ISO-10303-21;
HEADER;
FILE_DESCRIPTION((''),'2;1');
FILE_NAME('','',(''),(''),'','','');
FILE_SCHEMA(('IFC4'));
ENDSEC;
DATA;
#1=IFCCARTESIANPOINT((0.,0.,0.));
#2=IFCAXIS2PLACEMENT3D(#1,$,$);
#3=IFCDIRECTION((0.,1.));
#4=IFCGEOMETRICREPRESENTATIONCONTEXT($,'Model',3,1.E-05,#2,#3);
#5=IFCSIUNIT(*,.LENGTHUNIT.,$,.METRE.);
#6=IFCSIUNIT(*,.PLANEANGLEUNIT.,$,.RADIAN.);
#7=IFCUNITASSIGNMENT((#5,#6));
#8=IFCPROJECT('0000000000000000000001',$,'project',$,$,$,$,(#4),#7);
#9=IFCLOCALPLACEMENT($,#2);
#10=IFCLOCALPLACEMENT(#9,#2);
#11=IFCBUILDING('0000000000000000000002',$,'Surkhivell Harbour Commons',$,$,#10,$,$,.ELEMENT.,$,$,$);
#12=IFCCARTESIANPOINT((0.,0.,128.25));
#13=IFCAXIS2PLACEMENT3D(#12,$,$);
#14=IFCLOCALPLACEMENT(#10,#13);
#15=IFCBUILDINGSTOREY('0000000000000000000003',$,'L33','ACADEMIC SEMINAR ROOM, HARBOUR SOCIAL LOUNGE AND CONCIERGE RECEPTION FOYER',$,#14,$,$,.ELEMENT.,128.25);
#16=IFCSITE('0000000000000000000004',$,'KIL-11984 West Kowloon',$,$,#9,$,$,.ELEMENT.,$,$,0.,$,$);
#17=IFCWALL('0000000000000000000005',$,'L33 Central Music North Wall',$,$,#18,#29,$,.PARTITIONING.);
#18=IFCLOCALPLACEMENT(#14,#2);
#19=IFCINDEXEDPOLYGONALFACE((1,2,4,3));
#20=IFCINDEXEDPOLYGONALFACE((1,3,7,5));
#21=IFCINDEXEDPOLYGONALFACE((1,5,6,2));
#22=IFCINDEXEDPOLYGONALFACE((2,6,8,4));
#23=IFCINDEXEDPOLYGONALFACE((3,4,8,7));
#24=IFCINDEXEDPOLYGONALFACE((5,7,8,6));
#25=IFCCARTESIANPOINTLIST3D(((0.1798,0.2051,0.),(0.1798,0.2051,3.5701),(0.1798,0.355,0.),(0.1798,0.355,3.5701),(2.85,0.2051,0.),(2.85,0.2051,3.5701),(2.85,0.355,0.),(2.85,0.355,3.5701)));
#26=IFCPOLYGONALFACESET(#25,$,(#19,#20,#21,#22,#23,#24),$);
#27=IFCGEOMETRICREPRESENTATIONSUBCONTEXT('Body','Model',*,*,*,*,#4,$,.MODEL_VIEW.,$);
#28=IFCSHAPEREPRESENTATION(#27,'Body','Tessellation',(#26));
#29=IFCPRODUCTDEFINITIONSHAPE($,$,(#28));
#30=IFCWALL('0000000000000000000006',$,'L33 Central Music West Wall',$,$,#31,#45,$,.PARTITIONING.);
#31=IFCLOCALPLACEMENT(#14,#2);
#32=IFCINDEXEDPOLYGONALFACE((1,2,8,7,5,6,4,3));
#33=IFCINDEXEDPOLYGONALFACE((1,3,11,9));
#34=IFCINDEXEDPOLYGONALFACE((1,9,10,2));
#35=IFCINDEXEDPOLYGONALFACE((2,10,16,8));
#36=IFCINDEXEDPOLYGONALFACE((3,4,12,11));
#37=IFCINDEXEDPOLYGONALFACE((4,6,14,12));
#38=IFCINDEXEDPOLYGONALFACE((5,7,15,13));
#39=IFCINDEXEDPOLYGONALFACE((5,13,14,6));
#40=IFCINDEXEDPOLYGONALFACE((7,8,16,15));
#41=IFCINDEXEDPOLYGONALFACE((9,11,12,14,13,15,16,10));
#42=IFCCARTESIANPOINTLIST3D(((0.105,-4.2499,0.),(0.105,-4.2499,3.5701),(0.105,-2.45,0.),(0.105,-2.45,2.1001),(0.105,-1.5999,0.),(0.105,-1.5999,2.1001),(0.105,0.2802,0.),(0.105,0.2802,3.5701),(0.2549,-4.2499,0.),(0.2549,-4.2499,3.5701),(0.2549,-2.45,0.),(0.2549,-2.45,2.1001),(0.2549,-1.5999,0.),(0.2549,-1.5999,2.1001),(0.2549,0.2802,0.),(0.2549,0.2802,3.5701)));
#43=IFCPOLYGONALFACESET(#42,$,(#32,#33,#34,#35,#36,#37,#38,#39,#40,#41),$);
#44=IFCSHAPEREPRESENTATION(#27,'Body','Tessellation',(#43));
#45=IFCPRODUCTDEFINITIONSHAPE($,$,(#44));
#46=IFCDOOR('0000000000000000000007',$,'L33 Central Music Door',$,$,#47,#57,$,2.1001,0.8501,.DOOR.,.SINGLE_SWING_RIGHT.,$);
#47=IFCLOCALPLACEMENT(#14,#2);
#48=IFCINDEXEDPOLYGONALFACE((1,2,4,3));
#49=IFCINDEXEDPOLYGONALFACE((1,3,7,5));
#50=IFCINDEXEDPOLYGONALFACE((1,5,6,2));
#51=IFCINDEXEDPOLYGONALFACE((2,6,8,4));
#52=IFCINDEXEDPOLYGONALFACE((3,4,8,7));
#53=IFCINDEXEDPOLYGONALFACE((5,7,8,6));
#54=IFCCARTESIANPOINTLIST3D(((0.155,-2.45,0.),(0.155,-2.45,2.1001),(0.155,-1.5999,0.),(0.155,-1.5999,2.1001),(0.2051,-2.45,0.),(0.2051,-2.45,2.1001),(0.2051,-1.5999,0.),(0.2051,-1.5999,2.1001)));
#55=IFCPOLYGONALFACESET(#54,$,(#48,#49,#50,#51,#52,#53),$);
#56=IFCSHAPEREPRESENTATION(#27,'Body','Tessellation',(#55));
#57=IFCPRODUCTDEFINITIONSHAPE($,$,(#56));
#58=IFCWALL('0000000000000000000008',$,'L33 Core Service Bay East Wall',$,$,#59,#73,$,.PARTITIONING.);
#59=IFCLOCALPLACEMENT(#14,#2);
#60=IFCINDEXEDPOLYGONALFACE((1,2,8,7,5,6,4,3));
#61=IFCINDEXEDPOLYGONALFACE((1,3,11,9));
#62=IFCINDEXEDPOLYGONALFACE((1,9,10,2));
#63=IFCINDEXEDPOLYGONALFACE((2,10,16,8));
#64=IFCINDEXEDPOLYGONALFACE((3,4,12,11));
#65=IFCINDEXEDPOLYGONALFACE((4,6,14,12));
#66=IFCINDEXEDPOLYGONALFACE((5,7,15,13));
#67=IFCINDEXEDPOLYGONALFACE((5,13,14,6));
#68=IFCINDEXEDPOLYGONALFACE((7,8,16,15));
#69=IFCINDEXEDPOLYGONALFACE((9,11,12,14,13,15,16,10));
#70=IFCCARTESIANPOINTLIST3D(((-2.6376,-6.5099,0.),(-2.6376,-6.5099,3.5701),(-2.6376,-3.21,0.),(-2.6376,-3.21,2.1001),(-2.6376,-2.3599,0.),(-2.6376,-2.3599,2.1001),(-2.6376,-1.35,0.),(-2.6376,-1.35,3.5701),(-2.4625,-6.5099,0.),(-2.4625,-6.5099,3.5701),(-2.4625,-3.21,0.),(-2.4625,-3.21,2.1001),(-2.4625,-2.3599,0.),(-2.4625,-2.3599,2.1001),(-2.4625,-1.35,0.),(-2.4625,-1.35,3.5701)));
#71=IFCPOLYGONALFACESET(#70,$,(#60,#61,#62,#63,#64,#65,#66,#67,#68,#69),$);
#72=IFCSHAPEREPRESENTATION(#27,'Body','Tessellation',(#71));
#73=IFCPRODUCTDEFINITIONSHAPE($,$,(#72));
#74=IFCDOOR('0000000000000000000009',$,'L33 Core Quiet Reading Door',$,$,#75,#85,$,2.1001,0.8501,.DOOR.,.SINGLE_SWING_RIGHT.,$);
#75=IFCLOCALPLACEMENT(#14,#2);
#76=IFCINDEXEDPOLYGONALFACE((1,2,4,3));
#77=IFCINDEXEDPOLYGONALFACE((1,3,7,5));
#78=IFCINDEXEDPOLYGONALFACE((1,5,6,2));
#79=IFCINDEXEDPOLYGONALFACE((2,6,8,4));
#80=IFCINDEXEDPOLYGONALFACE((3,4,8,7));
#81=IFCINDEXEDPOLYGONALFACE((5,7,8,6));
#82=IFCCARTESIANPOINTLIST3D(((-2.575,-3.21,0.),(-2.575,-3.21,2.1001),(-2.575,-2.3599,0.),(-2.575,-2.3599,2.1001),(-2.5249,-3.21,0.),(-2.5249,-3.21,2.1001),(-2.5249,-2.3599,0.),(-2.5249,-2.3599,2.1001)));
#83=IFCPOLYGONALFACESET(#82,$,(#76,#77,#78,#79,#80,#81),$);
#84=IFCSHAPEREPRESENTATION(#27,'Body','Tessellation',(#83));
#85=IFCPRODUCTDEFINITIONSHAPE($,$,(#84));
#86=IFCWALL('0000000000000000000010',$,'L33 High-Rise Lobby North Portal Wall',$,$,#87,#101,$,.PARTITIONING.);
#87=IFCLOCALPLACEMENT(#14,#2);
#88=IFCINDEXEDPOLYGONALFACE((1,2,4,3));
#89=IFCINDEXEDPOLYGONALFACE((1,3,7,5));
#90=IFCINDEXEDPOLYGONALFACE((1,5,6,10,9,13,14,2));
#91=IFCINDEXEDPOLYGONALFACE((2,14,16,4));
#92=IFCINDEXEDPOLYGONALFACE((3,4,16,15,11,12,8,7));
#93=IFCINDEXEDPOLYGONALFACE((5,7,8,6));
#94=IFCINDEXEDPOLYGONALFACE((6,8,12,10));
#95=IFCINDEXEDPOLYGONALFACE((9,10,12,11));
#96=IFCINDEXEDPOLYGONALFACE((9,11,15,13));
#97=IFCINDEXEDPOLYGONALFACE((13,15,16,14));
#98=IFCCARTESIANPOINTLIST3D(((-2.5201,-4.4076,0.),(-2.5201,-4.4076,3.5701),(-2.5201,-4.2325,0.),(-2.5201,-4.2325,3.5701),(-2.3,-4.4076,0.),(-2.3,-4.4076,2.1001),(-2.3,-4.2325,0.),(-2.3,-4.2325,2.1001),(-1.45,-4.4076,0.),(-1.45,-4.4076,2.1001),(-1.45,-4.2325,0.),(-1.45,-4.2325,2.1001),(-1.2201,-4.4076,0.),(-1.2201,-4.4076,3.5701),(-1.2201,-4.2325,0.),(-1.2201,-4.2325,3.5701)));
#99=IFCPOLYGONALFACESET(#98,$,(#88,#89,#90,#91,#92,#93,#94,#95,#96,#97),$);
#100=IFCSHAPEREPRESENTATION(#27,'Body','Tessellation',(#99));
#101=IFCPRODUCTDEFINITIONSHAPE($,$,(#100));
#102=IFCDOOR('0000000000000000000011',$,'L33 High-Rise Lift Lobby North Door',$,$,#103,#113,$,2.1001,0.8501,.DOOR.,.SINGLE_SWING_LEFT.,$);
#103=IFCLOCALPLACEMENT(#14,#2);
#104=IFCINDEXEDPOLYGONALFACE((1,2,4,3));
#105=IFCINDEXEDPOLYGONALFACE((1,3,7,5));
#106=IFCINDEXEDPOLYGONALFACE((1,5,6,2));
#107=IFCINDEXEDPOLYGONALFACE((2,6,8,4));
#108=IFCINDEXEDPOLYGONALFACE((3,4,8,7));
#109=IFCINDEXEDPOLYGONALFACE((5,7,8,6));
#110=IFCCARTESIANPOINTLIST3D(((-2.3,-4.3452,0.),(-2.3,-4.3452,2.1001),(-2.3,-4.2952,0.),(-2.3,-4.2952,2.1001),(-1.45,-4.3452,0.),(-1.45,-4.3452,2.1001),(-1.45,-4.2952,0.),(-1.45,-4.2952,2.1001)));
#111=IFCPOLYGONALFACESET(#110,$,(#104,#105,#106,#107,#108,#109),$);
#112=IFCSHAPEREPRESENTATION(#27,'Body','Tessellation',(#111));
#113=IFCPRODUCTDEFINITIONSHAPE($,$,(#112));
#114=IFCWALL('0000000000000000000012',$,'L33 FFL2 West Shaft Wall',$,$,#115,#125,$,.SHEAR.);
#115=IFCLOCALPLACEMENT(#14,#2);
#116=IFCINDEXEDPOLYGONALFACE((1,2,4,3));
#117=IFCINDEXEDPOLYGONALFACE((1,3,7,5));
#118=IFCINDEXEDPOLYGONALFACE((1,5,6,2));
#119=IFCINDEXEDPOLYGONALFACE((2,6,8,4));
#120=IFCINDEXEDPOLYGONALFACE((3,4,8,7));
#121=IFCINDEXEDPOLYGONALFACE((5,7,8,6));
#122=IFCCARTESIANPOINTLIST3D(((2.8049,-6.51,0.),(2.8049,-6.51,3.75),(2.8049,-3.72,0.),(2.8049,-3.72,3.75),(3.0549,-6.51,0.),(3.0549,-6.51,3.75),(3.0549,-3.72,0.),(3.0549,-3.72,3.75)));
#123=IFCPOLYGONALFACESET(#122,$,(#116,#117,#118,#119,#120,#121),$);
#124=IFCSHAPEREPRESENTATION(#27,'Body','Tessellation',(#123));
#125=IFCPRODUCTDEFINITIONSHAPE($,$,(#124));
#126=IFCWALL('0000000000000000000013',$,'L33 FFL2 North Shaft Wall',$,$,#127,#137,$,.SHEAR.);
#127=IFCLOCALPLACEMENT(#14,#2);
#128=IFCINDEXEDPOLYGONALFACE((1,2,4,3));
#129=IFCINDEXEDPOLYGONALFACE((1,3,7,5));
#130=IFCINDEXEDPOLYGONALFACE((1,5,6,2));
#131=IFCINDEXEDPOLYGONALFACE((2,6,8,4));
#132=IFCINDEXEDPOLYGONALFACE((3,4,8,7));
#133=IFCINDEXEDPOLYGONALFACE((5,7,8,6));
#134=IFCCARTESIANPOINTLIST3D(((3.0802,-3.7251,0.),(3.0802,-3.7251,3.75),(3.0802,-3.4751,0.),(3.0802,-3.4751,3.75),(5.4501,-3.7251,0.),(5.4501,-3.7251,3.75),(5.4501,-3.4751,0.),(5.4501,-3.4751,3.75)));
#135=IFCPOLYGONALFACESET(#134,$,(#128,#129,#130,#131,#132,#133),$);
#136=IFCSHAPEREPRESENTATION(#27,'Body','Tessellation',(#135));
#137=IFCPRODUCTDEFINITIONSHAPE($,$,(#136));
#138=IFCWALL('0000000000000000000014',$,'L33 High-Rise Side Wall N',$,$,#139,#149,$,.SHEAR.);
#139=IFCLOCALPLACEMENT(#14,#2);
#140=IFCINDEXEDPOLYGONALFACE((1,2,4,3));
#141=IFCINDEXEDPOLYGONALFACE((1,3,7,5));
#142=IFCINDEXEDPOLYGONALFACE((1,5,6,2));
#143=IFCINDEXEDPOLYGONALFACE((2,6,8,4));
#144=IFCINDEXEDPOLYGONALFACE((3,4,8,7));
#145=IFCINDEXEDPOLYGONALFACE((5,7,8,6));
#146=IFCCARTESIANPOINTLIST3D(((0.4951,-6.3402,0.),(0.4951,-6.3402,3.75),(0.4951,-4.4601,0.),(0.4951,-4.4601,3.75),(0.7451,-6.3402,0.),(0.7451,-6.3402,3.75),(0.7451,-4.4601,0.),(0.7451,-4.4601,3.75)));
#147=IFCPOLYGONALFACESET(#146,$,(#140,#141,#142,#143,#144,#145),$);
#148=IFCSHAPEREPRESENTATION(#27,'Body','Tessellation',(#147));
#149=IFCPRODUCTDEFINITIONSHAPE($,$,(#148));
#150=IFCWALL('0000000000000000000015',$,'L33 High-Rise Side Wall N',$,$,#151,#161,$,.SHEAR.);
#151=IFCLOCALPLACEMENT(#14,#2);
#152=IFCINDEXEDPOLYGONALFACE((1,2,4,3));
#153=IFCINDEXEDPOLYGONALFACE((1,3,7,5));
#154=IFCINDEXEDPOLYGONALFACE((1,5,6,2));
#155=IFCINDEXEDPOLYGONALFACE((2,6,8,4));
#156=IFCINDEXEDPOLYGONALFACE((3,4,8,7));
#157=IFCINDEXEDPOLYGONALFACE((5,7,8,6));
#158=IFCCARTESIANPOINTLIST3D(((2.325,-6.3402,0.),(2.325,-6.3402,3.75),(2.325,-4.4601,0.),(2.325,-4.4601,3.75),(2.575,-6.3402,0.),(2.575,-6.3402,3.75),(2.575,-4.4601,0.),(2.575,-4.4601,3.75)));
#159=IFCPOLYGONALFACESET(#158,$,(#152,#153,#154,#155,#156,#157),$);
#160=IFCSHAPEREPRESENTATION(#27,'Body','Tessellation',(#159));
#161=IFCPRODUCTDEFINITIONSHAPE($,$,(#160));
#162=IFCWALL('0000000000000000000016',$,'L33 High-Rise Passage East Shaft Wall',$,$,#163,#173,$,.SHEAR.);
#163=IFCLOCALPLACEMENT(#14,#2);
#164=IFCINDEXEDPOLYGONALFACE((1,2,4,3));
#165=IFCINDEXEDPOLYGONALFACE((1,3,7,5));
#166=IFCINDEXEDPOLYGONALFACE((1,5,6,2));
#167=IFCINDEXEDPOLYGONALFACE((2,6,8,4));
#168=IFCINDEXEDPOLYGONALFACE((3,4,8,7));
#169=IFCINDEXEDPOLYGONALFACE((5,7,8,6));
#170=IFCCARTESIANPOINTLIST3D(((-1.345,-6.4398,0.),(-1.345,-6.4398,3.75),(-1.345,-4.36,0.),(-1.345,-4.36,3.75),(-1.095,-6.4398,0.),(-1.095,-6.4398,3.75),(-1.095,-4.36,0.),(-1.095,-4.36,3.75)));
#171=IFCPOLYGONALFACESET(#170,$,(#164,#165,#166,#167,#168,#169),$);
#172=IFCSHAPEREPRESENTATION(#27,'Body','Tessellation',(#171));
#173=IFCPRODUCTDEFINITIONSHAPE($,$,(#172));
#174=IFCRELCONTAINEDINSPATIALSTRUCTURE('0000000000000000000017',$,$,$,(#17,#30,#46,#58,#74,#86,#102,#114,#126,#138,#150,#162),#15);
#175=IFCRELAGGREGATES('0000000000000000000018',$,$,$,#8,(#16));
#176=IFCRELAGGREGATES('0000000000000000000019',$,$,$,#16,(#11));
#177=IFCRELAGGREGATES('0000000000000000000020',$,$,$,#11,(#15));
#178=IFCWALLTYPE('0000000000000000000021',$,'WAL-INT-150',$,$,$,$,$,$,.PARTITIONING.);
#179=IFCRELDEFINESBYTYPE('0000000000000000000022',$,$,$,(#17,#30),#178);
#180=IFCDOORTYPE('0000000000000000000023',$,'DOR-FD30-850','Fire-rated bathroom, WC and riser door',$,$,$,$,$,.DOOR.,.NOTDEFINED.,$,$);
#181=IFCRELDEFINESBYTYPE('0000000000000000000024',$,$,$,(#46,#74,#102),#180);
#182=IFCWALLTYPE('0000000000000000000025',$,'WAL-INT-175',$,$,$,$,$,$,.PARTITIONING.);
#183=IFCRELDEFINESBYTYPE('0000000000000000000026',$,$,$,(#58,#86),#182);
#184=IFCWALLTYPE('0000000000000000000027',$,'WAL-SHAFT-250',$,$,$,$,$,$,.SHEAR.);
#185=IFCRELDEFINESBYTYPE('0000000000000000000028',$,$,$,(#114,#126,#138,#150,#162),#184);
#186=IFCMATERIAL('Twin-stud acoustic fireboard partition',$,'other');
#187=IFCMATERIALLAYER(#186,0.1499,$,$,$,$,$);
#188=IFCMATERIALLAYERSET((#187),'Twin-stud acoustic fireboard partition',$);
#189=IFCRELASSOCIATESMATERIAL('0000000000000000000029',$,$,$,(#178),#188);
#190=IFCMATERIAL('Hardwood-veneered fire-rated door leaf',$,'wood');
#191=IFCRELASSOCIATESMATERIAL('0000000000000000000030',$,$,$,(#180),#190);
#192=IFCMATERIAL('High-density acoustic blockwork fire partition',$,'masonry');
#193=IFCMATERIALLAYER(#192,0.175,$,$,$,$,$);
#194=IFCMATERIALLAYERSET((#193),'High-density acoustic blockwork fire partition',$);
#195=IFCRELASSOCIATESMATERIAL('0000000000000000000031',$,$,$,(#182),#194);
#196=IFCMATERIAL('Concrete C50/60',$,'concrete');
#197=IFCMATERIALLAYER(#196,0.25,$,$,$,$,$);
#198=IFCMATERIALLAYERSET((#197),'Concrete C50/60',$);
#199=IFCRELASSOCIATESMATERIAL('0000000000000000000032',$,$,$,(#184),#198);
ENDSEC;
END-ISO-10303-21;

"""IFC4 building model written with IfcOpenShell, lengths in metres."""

from ifc_helpers import new_model, si_unit, direction, frame, frame_2d, origin, place, context, subcontext, project, spatial, rectangle, extrude, material, layer, layer_set, type_object, element, fill, save


model = new_model("IFC4")

# Units and contexts
model_context = context("Model", 3, precision=1e-05, world=origin(), true_north=direction((0.0, 1.0)))
body_context = subcontext(model_context, "Body", "Model", "MODEL_VIEW")
ifc_project = project(units=[si_unit("LENGTHUNIT", "METRE"), si_unit("PLANEANGLEUNIT", "RADIAN")], contexts=[model_context])

# Site, building, storey
site_placement = place(None, origin())
site = spatial("IfcSite", under=ifc_project, at=site_placement, Name="KIL-11984 West Kowloon", CompositionType="ELEMENT", RefElevation=0.0)
building_placement = place(site_placement, origin())
building = spatial("IfcBuilding", under=site, at=building_placement, Name="Surkhivell Harbour Commons", CompositionType="ELEMENT")
storey_placement = place(building_placement, frame((0.0, 0.0, 128.25)))
storey = spatial("IfcBuildingStorey", under=building, at=storey_placement, Name="L33", Description="ACADEMIC SEMINAR ROOM, HARBOUR SOCIAL LOUNGE AND CONCIERGE RECEPTION FOYER", CompositionType="ELEMENT", Elevation=128.25)

# Wall
ifc_material_1 = material(Name="Twin-stud acoustic fireboard partition", Category="other")
ifc_layer_1 = layer(ifc_material_1, 0.1499)
ifc_layer_set_1 = layer_set([ifc_layer_1], Name="Twin-stud acoustic fireboard partition")
wall_type_1 = type_object("IfcWallType", Name="WAL-INT-150", PredefinedType="PARTITIONING", material=ifc_layer_set_1)
wall_1_placement = place(storey_placement, frame((0.1799, 0.28, 0.0), z_axis=(0.0, 0.0, 1.0), x_axis=(1.0, 0.0, 0.0)))
element("IfcWall", 1, at=wall_1_placement, inside=storey, type_object=wall_type_1, Name="L33 Central Music North Wall", PredefinedType="PARTITIONING", context=body_context, shape_type="SweptSolid", body=[
    extrude(rectangle(XDim=2.6702, YDim=0.1499, at=frame_2d((1.335, 0.0))), origin(), (0.0, 0.0, 1.0), 3.5701),
])

# Walls, openings, doors
wall_2_placement = place(storey_placement, frame((0.1799, -4.25, 0.0), z_axis=(0.0, 0.0, 1.0), x_axis=(0.0, 1.0, 0.0)))
wall_2 = element("IfcWall", 2, at=wall_2_placement, inside=storey, type_object=wall_type_1, Name="L33 Central Music West Wall", PredefinedType="PARTITIONING", context=body_context, shape_type="SweptSolid", body=[
    extrude(rectangle(XDim=4.53, YDim=0.1499, at=frame_2d((2.2651, 0.0))), origin(), (0.0, 0.0, 1.0), 3.5701),
])
opening_1_placement = place(wall_2_placement, frame((1.8, 0.0, 0.0)))
opening_1 = element("IfcOpeningElement", 3, at=opening_1_placement, cuts=wall_2, PredefinedType="OPENING", context=body_context, shape_type="SweptSolid", body=[
    extrude(rectangle(XDim=0.8501, YDim=2.1001, at=frame_2d((0.425, 1.05))), frame((0.0, 0.085, 0.0), z_axis=(0.0, -1.0, 0.0), x_axis=(1.0, 0.0, 0.0)), (0.0, 0.0, 1.0), 0.1699),
])
ifc_material_2 = material(Name="Hardwood-veneered fire-rated door leaf", Category="wood")
door_type_1 = type_object("IfcDoorType", Name="DOR-FD30-850", Description="Fire-rated bathroom, WC and riser door", OperationType="NOTDEFINED", PredefinedType="DOOR", material=ifc_material_2)
door_1_placement = place(opening_1_placement, origin())
door_1 = element("IfcDoor", 4, at=door_1_placement, inside=storey, type_object=door_type_1, Name="L33 Central Music Door", OperationType="SINGLE_SWING_RIGHT", OverallHeight=2.1001, OverallWidth=0.8501, PredefinedType="DOOR", context=body_context, shape_type="SweptSolid", body=[
    extrude(rectangle(XDim=0.8501, YDim=2.1001, at=frame_2d((0.425, 1.05))), frame((0.0, 0.0249, 0.0), z_axis=(0.0, -1.0, 0.0), x_axis=(1.0, 0.0, 0.0)), (0.0, 0.0, 1.0), 0.05),
])
fill(opening_1, door_1)
ifc_material_3 = material(Name="High-density acoustic blockwork fire partition", Category="masonry")
ifc_layer_2 = layer(ifc_material_3, 0.175)
ifc_layer_set_2 = layer_set([ifc_layer_2], Name="High-density acoustic blockwork fire partition")
wall_type_2 = type_object("IfcWallType", Name="WAL-INT-175", PredefinedType="PARTITIONING", material=ifc_layer_set_2)
wall_3_placement = place(storey_placement, frame((-2.55, -6.51, 0.0), z_axis=(0.0, 0.0, 1.0), x_axis=(0.0, 1.0, 0.0)))
wall_3 = element("IfcWall", 5, at=wall_3_placement, inside=storey, type_object=wall_type_2, Name="L33 Core Service Bay East Wall", PredefinedType="PARTITIONING", context=body_context, shape_type="SweptSolid", body=[
    extrude(rectangle(XDim=5.1599, YDim=0.175, at=frame_2d((2.5801, 0.0))), origin(), (0.0, 0.0, 1.0), 3.5701),
])
opening_2_placement = place(wall_3_placement, frame((3.3, 0.0, 0.0)))
opening_2 = element("IfcOpeningElement", 6, at=opening_2_placement, cuts=wall_3, PredefinedType="OPENING", context=body_context, shape_type="SweptSolid", body=[
    extrude(rectangle(XDim=0.8501, YDim=2.1001, at=frame_2d((0.425, 1.05))), frame((0.0, 0.0974, 0.0), z_axis=(0.0, -1.0, 0.0), x_axis=(1.0, 0.0, 0.0)), (0.0, 0.0, 1.0), 0.1951),
])
door_2_placement = place(opening_2_placement, origin())
door_2 = element("IfcDoor", 7, at=door_2_placement, inside=storey, type_object=door_type_1, Name="L33 Core Quiet Reading Door", OperationType="SINGLE_SWING_RIGHT", OverallHeight=2.1001, OverallWidth=0.8501, PredefinedType="DOOR", context=body_context, shape_type="SweptSolid", body=[
    extrude(rectangle(XDim=0.8501, YDim=2.1001, at=frame_2d((0.425, 1.05))), frame((0.0, 0.0249, 0.0), z_axis=(0.0, -1.0, 0.0), x_axis=(1.0, 0.0, 0.0)), (0.0, 0.0, 1.0), 0.05),
])
fill(opening_2, door_2)
wall_4_placement = place(storey_placement, frame((-2.52, -4.3201, 0.0), z_axis=(0.0, 0.0, 1.0), x_axis=(1.0, 0.0, 0.0)))
wall_4 = element("IfcWall", 8, at=wall_4_placement, inside=storey, type_object=wall_type_2, Name="L33 High-Rise Lobby North Portal Wall", PredefinedType="PARTITIONING", context=body_context, shape_type="SweptSolid", body=[
    extrude(rectangle(XDim=1.3, YDim=0.175, at=frame_2d((0.6499, 0.0))), origin(), (0.0, 0.0, 1.0), 3.5701),
])
opening_3_placement = place(wall_4_placement, frame((0.22, 0.0, 0.0)))
opening_3 = element("IfcOpeningElement", 9, at=opening_3_placement, cuts=wall_4, PredefinedType="OPENING", context=body_context, shape_type="SweptSolid", body=[
    extrude(rectangle(XDim=0.8501, YDim=2.1001, at=frame_2d((0.425, 1.05))), frame((0.0, 0.0974, 0.0), z_axis=(0.0, -1.0, 0.0), x_axis=(1.0, 0.0, 0.0)), (0.0, 0.0, 1.0), 0.1951),
])
door_3_placement = place(opening_3_placement, origin())
door_3 = element("IfcDoor", 10, at=door_3_placement, inside=storey, type_object=door_type_1, Name="L33 High-Rise Lift Lobby North Door", OperationType="SINGLE_SWING_LEFT", OverallHeight=2.1001, OverallWidth=0.8501, PredefinedType="DOOR", context=body_context, shape_type="SweptSolid", body=[
    extrude(rectangle(XDim=0.8501, YDim=2.1001, at=frame_2d((0.425, 1.05))), frame((0.0, 0.0249, 0.0), z_axis=(0.0, -1.0, 0.0), x_axis=(1.0, 0.0, 0.0)), (0.0, 0.0, 1.0), 0.05),
])
fill(opening_3, door_3)

# Walls
ifc_material_4 = material(Name="Concrete C50/60", Category="concrete")
ifc_layer_3 = layer(ifc_material_4, 0.25)
ifc_layer_set_3 = layer_set([ifc_layer_3], Name="Concrete C50/60")
wall_type_3 = type_object("IfcWallType", Name="WAL-SHAFT-250", PredefinedType="SHEAR", material=ifc_layer_set_3)
wall_5_placement = place(storey_placement, frame((2.9299, -6.51, 0.0), z_axis=(0.0, 0.0, 1.0), x_axis=(0.0, 1.0, 0.0)))
element("IfcWall", 11, at=wall_5_placement, inside=storey, type_object=wall_type_3, Name="L33 FFL2 West Shaft Wall", PredefinedType="SHEAR", context=body_context, shape_type="SweptSolid", body=[
    extrude(rectangle(XDim=2.79, YDim=0.25, at=frame_2d((1.395, 0.0))), origin(), (0.0, 0.0, 1.0), 3.75),
])
wall_6_placement = place(storey_placement, frame((3.0801, -3.6001, 0.0), z_axis=(0.0, 0.0, 1.0), x_axis=(1.0, 0.0, 0.0)))
element("IfcWall", 12, at=wall_6_placement, inside=storey, type_object=wall_type_3, Name="L33 FFL2 North Shaft Wall", PredefinedType="SHEAR", context=body_context, shape_type="SweptSolid", body=[
    extrude(rectangle(XDim=2.3699, YDim=0.25, at=frame_2d((1.1851, 0.0))), origin(), (0.0, 0.0, 1.0), 3.75),
])
for number, where, z_axis, x_axis, name in (
    (13, (0.6201, -6.3401, 0.0), (0.0, 0.0, 1.0), (0.0, 1.0, 0.0), "L33 High-Rise Side Wall N"),
    (14, (2.45, -6.3401, 0.0), (0.0, 0.0, 1.0), (0.0, 1.0, 0.0), "L33 High-Rise Side Wall N"),
):
    element("IfcWall", number, at=place(storey_placement, frame(where, z_axis=z_axis, x_axis=x_axis)), inside=storey, type_object=wall_type_3, Name=name, PredefinedType="SHEAR", context=body_context, shape_type="SweptSolid", body=[
        extrude(rectangle(XDim=1.8801, YDim=0.25, at=frame_2d((0.9399, 0.0))), origin(), (0.0, 0.0, 1.0), 3.75),
    ])
wall_7_placement = place(storey_placement, frame((-1.22, -6.4399, 0.0), z_axis=(0.0, 0.0, 1.0), x_axis=(0.0, 1.0, 0.0)))
element("IfcWall", 15, at=wall_7_placement, inside=storey, type_object=wall_type_3, Name="L33 High-Rise Passage East Shaft Wall", PredefinedType="SHEAR", context=body_context, shape_type="SweptSolid", body=[
    extrude(rectangle(XDim=2.0798, YDim=0.25, at=frame_2d((1.04, 0.0))), origin(), (0.0, 0.0, 1.0), 3.75),
])

save(model, "model.ifc")
